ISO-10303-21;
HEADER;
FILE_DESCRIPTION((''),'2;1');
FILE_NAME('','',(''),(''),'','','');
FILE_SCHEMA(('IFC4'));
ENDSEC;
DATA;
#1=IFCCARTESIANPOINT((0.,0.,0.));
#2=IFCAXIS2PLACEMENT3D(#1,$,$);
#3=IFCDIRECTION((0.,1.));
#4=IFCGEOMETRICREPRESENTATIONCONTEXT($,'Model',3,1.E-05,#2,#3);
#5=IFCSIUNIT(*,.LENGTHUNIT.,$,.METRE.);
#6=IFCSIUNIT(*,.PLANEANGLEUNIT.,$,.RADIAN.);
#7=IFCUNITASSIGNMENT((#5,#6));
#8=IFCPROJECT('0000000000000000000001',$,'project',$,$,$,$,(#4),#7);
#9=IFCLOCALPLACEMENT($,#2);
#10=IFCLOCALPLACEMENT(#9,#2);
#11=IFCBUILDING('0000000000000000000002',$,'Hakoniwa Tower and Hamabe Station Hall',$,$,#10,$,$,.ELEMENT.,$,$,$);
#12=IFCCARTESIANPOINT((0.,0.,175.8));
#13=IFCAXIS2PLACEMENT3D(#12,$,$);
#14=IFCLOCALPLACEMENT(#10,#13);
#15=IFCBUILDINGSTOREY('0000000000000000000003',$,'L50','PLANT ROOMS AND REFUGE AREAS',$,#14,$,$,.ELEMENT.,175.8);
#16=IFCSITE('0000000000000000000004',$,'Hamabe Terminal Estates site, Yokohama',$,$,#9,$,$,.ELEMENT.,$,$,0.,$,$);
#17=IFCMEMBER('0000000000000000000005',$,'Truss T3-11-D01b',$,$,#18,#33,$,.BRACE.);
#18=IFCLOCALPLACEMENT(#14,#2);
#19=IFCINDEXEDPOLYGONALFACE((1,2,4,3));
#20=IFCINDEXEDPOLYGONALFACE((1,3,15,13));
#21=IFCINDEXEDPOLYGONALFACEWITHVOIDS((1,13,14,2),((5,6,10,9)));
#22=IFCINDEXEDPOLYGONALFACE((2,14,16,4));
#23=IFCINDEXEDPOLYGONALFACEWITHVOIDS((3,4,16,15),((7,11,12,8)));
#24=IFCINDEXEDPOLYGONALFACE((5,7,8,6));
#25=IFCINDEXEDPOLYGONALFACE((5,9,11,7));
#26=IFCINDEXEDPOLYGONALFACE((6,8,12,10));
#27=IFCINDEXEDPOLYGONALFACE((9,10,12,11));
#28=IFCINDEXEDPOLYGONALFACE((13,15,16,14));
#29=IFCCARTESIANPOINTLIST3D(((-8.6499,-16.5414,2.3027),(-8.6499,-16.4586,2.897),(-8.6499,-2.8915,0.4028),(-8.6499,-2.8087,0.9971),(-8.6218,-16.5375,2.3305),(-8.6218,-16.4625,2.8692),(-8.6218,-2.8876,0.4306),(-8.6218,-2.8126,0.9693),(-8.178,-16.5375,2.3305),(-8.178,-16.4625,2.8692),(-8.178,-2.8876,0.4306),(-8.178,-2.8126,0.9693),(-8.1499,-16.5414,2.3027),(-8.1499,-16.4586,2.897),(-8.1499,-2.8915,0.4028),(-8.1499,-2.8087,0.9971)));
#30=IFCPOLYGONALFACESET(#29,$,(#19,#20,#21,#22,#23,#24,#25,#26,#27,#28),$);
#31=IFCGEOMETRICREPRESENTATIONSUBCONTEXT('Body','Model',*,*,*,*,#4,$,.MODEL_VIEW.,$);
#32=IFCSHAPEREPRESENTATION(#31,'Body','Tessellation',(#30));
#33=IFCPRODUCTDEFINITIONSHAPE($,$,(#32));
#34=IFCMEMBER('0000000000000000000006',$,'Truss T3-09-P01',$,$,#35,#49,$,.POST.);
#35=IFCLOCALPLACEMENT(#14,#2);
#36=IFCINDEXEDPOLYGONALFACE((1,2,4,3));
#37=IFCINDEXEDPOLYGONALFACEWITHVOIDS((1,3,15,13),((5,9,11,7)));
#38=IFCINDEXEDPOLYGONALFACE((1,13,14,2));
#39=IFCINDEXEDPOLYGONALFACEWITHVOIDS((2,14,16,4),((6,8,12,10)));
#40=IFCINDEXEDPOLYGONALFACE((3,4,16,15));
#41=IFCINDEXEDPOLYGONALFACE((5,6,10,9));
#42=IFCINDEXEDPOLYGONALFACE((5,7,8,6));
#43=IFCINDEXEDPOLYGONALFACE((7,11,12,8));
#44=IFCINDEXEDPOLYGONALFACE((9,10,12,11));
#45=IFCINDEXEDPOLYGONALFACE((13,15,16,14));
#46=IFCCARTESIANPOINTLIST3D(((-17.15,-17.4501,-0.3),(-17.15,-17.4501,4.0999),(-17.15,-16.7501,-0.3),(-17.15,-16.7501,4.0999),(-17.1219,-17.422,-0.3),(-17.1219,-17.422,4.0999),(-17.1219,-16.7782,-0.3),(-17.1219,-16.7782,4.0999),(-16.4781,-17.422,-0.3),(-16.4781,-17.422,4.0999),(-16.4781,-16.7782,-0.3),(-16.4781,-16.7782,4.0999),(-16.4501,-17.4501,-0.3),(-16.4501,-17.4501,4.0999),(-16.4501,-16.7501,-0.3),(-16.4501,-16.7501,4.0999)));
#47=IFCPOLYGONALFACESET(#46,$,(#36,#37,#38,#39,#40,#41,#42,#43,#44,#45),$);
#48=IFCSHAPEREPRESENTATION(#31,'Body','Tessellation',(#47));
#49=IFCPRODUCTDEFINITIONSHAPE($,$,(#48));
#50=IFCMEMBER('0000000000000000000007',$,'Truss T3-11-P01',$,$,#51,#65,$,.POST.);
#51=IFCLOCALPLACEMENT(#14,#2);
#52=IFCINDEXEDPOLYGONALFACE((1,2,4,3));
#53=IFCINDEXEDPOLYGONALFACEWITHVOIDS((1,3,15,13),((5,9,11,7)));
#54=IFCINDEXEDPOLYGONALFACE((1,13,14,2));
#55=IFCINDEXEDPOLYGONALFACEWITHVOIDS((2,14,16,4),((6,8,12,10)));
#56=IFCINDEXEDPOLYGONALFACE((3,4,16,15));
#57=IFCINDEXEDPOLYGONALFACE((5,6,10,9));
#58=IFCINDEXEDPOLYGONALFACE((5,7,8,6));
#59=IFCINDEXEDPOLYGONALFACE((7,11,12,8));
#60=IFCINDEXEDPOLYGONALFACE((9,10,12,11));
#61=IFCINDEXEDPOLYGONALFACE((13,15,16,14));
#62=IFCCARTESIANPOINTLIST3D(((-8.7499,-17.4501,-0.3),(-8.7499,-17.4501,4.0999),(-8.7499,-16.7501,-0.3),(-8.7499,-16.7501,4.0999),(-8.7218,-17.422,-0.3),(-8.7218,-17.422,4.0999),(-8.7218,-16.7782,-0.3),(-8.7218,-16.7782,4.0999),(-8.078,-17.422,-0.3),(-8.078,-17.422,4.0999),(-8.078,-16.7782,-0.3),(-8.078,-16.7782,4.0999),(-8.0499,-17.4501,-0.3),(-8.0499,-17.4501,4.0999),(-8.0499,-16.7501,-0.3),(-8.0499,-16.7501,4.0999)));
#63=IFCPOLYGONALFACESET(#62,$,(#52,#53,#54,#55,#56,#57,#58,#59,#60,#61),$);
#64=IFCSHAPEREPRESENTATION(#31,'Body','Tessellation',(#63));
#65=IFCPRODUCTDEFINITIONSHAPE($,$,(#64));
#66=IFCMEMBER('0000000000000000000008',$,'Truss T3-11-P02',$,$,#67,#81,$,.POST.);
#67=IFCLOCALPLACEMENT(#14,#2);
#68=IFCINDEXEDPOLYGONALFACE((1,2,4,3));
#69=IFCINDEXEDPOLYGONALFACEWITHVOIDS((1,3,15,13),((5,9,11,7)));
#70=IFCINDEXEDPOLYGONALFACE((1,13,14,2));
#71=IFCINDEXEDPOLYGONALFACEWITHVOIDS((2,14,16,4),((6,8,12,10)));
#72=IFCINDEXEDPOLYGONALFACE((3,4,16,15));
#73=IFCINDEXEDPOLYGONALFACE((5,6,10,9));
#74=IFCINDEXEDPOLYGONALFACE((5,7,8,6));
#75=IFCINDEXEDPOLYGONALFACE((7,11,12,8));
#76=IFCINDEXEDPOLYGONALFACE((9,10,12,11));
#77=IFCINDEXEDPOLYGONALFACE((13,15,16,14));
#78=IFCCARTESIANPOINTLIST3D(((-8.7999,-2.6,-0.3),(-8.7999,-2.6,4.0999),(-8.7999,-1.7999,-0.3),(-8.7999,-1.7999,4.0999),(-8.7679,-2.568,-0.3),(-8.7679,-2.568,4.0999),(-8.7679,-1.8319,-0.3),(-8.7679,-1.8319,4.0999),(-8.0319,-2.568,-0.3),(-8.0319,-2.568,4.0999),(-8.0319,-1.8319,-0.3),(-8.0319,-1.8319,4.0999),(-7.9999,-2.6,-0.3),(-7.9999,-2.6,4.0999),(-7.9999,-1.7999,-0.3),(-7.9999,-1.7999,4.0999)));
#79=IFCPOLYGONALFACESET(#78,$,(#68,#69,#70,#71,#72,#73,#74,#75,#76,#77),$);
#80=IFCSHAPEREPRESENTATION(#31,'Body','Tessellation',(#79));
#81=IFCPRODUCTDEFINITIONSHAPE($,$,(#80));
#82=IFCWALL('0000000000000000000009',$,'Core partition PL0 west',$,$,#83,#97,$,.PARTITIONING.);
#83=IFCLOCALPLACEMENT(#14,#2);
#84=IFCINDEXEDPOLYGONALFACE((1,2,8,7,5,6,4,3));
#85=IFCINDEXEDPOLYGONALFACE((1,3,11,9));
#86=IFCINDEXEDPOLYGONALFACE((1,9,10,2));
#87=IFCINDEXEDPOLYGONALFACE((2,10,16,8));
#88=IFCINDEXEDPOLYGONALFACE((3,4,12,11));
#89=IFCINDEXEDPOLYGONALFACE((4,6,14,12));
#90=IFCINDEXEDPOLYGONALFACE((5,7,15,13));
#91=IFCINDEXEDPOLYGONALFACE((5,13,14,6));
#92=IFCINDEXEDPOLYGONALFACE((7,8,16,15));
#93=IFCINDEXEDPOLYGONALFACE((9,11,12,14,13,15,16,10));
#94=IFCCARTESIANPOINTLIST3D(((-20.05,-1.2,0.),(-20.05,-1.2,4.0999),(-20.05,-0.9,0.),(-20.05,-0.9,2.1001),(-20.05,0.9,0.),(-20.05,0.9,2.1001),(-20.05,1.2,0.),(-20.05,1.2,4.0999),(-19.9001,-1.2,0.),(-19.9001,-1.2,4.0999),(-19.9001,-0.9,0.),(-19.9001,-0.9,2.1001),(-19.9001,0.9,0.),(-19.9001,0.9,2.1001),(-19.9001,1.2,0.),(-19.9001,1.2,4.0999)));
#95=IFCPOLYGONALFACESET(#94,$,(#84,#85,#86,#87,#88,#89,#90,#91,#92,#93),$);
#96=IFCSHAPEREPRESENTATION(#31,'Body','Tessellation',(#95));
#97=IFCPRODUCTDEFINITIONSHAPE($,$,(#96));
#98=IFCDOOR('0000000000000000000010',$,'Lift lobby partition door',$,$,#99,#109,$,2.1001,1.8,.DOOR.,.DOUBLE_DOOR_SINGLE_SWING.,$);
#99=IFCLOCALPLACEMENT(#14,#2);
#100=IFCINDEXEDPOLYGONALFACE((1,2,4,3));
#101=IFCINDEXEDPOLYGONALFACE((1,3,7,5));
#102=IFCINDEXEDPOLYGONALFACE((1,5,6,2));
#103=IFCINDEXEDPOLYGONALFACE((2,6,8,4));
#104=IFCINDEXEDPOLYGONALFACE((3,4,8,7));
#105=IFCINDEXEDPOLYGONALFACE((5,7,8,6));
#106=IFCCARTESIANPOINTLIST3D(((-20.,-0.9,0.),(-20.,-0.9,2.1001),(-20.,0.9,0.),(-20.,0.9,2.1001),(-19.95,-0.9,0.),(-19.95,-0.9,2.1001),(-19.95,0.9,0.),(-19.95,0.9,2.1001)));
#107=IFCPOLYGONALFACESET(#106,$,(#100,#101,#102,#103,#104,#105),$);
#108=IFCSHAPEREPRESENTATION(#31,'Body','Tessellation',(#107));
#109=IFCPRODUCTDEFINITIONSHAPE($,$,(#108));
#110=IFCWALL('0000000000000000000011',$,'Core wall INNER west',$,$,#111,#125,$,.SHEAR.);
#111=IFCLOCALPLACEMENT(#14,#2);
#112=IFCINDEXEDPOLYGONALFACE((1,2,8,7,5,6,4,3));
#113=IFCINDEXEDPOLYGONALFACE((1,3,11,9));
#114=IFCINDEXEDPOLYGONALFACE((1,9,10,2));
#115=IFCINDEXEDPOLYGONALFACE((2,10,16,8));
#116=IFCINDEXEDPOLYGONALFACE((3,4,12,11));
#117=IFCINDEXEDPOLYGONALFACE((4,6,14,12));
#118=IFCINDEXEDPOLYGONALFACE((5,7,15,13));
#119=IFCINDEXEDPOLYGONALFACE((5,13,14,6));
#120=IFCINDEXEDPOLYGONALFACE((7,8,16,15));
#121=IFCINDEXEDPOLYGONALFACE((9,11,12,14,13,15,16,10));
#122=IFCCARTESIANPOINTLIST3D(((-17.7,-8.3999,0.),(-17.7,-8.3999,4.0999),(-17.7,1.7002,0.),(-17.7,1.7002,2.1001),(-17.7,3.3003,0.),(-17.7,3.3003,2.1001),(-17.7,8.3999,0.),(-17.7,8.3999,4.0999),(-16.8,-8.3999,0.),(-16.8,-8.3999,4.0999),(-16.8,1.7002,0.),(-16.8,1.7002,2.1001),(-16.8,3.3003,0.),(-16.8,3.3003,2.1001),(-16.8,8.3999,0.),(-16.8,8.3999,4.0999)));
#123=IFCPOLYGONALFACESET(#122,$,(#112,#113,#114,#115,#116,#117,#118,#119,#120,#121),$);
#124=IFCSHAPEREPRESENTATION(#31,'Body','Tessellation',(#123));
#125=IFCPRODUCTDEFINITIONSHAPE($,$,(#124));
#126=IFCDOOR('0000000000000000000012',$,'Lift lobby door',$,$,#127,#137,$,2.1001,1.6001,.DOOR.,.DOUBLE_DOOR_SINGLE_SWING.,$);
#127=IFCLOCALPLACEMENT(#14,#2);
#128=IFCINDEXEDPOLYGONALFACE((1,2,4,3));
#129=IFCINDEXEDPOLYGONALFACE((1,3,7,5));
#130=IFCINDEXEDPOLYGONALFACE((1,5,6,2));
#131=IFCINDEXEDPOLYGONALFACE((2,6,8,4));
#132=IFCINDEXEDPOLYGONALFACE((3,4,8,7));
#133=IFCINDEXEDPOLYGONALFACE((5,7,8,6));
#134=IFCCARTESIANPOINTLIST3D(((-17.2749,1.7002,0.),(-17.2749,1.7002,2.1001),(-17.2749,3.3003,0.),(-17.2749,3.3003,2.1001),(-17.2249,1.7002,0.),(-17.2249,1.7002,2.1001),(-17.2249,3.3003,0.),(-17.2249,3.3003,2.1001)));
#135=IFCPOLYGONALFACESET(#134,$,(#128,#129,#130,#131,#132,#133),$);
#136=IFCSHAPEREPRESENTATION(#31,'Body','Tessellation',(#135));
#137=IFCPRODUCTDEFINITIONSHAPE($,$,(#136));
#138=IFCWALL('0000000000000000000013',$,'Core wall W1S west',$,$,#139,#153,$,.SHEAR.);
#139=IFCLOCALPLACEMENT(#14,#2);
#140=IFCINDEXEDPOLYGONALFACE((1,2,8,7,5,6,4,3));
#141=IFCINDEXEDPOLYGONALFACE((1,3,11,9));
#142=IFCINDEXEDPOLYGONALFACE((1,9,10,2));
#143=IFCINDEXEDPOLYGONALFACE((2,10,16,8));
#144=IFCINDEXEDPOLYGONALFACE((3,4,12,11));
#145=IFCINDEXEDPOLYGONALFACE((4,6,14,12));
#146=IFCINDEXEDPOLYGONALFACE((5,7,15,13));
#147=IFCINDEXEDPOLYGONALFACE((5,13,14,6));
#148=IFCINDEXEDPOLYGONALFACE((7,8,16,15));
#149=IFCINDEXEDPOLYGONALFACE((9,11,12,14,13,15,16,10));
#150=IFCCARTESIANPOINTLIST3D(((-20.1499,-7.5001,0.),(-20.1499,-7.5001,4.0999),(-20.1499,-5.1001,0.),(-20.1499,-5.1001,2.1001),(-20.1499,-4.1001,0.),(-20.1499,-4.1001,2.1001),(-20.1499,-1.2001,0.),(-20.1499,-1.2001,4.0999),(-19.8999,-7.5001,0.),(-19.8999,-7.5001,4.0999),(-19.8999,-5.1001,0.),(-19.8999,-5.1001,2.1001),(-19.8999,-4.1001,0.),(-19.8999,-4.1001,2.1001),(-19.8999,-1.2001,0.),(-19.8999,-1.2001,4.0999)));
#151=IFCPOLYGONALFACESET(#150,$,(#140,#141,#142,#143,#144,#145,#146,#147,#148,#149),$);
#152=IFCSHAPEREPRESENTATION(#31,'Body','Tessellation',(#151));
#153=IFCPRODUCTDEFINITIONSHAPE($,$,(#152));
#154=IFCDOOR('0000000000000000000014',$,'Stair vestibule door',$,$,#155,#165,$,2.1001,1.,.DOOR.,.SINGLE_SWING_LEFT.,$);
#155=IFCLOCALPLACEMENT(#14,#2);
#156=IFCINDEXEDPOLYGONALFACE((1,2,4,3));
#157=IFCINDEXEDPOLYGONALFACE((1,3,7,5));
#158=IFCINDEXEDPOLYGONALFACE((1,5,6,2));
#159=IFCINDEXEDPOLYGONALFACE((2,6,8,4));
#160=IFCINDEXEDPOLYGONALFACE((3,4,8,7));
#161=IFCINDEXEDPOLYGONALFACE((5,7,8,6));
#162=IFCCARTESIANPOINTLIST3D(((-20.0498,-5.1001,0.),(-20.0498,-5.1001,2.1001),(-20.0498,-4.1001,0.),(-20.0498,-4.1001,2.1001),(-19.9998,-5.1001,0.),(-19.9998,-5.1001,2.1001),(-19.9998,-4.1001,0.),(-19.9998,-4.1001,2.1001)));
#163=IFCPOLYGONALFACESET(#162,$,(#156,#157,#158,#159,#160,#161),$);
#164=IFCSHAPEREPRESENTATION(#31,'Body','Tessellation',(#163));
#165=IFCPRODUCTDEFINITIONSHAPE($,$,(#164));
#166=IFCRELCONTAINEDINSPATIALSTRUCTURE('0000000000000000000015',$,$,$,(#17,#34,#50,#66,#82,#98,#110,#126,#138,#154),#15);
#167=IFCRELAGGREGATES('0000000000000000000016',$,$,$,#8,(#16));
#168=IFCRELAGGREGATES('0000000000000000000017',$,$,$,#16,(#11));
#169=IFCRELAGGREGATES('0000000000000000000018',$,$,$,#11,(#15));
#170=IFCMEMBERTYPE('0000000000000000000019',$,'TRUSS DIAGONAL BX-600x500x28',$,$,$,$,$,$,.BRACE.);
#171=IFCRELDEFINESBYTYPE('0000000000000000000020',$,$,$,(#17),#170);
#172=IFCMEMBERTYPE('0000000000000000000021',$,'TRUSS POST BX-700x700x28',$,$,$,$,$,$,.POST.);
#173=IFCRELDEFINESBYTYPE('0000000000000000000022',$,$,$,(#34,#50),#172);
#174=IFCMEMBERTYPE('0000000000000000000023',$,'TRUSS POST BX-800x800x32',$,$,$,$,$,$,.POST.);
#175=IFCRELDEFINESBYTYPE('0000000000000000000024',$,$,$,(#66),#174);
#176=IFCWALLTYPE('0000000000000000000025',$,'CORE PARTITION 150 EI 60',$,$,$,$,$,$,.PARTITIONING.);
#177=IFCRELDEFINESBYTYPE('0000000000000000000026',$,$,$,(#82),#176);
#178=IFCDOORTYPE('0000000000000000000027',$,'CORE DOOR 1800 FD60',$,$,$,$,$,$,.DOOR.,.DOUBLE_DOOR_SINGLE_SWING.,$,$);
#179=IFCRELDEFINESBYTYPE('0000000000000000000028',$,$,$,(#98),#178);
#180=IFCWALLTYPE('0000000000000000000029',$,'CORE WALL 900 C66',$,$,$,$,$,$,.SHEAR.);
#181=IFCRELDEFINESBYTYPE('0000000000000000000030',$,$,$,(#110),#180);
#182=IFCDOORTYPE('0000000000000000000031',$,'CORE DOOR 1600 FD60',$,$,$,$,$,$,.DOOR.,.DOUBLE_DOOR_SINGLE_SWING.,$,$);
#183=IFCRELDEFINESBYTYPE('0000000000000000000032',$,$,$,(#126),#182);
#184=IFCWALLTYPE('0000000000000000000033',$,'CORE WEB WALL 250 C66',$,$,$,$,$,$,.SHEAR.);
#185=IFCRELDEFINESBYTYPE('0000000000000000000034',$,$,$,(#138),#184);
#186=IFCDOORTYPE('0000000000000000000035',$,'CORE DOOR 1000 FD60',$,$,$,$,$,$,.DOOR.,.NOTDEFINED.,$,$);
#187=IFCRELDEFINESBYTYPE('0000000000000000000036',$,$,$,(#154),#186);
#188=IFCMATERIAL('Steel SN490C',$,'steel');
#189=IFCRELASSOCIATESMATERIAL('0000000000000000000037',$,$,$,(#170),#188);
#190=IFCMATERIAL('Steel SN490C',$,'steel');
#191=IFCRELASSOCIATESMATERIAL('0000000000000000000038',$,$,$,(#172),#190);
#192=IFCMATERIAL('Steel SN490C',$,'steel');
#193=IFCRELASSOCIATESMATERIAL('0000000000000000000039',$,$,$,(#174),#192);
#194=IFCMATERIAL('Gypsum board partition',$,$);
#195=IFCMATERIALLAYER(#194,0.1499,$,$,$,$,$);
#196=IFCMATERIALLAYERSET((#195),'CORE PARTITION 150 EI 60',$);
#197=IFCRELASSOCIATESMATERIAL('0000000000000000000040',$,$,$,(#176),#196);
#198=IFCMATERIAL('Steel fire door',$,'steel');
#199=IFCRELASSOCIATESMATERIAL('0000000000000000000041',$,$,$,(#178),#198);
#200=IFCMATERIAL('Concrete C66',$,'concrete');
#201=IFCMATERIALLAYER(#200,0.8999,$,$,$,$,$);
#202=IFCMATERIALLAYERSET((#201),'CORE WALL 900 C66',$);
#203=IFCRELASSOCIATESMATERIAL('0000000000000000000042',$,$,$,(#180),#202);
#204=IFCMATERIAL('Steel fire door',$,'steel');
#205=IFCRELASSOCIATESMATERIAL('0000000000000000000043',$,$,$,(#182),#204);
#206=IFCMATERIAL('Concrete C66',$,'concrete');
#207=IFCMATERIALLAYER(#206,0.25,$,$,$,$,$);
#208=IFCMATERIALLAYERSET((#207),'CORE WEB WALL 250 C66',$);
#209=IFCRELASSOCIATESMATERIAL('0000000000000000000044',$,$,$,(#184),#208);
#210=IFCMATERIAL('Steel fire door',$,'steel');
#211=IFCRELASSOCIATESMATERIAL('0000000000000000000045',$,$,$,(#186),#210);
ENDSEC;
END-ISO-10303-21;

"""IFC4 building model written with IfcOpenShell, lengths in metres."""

from ifc_helpers import new_model, si_unit, direction, frame, frame_2d, origin, origin_2d, place, context, subcontext, project, spatial, rectangle, hollow_rectangle, extrude, material, layer, layer_set, material_profile, profile_set, type_object, element, fill, save


model = new_model("IFC4")

# Units and contexts
model_context = context("Model", 3, precision=1e-05, world=origin(), true_north=direction((0.0, 1.0)))
body_context = subcontext(model_context, "Body", "Model", "MODEL_VIEW")
ifc_project = project(units=[si_unit("LENGTHUNIT", "METRE"), si_unit("PLANEANGLEUNIT", "RADIAN")], contexts=[model_context])

# Site, building, storey
site_placement = place(None, origin())
site = spatial("IfcSite", under=ifc_project, at=site_placement, Name="Hamabe Terminal Estates site, Yokohama", CompositionType="ELEMENT", RefElevation=0.0)
building_placement = place(site_placement, origin())
building = spatial("IfcBuilding", under=site, at=building_placement, Name="Hakoniwa Tower and Hamabe Station Hall", CompositionType="ELEMENT")
storey_placement = place(building_placement, frame((0.0, 0.0, 175.8)))
storey = spatial("IfcBuildingStorey", under=building, at=storey_placement, Name="L50", Description="PLANT ROOMS AND REFUGE AREAS", CompositionType="ELEMENT", Elevation=175.8)

# Members
ifc_material_1 = material(Name="Steel SN490C", Category="steel")
ifc_material_profile_1 = material_profile(ifc_material_1, hollow_rectangle(XDim=0.5, YDim=0.6001, WallThickness=0.0281, at=origin_2d()), Name="BX-600x500x28")
ifc_profile_set_1 = profile_set([ifc_material_profile_1], Name="Steel SN490C")
member_type_1 = type_object("IfcMemberType", Name="TRUSS DIAGONAL BX-600x500x28", PredefinedType="BRACE", material=ifc_profile_set_1)
for number, where, z_axis, x_axis, name in (
    (1, (-8.3999, -16.5, 2.5999), (0.0, 0.990452, -0.137859), (-1.0, 0.0, 0.0), "Truss T3-11-D01b"),
):
    element("IfcMember", number, at=place(storey_placement, frame(where, z_axis=z_axis, x_axis=x_axis)), inside=storey, type_object=member_type_1, Name=name, PredefinedType="BRACE", context=body_context, shape_type="SweptSolid", body=[
        extrude(hollow_rectangle(XDim=0.5, YDim=0.6001, WallThickness=0.0281, at=origin_2d()), origin(), (0.0, 0.0, 1.0), 13.7815),
    ])
ifc_material_2 = material(Name="Steel SN490C", Category="steel")
ifc_material_profile_2 = material_profile(ifc_material_2, hollow_rectangle(XDim=0.7, YDim=0.7, WallThickness=0.0281, at=origin_2d()), Name="BX-700x700x28")
ifc_profile_set_2 = profile_set([ifc_material_profile_2], Name="Steel SN490C")
member_type_2 = type_object("IfcMemberType", Name="TRUSS POST BX-700x700x28", PredefinedType="POST", material=ifc_profile_set_2)
for number, where, z_axis, x_axis, name in (
    (2, (-16.8, -17.1001, -0.3), (0.0, 0.0, 1.0), (1.0, 0.0, 0.0), "Truss T3-09-P01"),
    (3, (-8.3999, -17.1001, -0.3), (0.0, 0.0, 1.0), (1.0, 0.0, 0.0), "Truss T3-11-P01"),
):
    element("IfcMember", number, at=place(storey_placement, frame(where, z_axis=z_axis, x_axis=x_axis)), inside=storey, type_object=member_type_2, Name=name, PredefinedType="POST", context=body_context, shape_type="SweptSolid", body=[
        extrude(hollow_rectangle(XDim=0.7, YDim=0.7, WallThickness=0.0281, at=origin_2d()), origin(), (0.0, 0.0, 1.0), 4.3999),
    ])
ifc_material_3 = material(Name="Steel SN490C", Category="steel")
ifc_material_profile_3 = material_profile(ifc_material_3, hollow_rectangle(XDim=0.8, YDim=0.8, WallThickness=0.032, at=origin_2d()), Name="BX-800x800x32")
ifc_profile_set_3 = profile_set([ifc_material_profile_3], Name="Steel SN490C")
member_type_3 = type_object("IfcMemberType", Name="TRUSS POST BX-800x800x32", PredefinedType="POST", material=ifc_profile_set_3)
member_1_placement = place(storey_placement, frame((-8.3999, -2.2, -0.3), z_axis=(0.0, 0.0, 1.0), x_axis=(1.0, 0.0, 0.0)))
element("IfcMember", 4, at=member_1_placement, inside=storey, type_object=member_type_3, Name="Truss T3-11-P02", PredefinedType="POST", context=body_context, shape_type="SweptSolid", body=[
    extrude(hollow_rectangle(XDim=0.8, YDim=0.8, WallThickness=0.032, at=origin_2d()), origin(), (0.0, 0.0, 1.0), 4.3999),
])

# Walls, openings, doors
ifc_material_4 = material(Name="Gypsum board partition")
ifc_layer_1 = layer(ifc_material_4, 0.1499)
ifc_layer_set_1 = layer_set([ifc_layer_1], Name="CORE PARTITION 150 EI 60")
wall_type_1 = type_object("IfcWallType", Name="CORE PARTITION 150 EI 60", PredefinedType="PARTITIONING", material=ifc_layer_set_1)
wall_1_placement = place(storey_placement, frame((-19.9751, -1.2, 0.0), z_axis=(0.0, 0.0, 1.0), x_axis=(0.0, 1.0, 0.0)))
wall_1 = element("IfcWall", 5, at=wall_1_placement, inside=storey, type_object=wall_type_1, Name="Core partition PL0 west", PredefinedType="PARTITIONING", context=body_context, shape_type="SweptSolid", body=[
    extrude(rectangle(XDim=2.3999, YDim=0.1499, at=frame_2d((1.2, 0.0))), origin(), (0.0, 0.0, 1.0), 4.0999),
])
opening_1_placement = place(wall_1_placement, frame((0.3, 0.0, 0.0)))
opening_1 = element("IfcOpeningElement", 6, at=opening_1_placement, cuts=wall_1, PredefinedType="OPENING", context=body_context, shape_type="SweptSolid", body=[
    extrude(rectangle(XDim=1.8, YDim=2.1001, at=frame_2d((0.8999, 1.05))), frame((0.0, 0.085, 0.0), z_axis=(0.0, -1.0, 0.0), x_axis=(1.0, 0.0, 0.0)), (0.0, 0.0, 1.0), 0.1699),
])
ifc_material_5 = material(Name="Steel fire door", Category="steel")
door_type_1 = type_object("IfcDoorType", Name="CORE DOOR 1800 FD60", OperationType="DOUBLE_DOOR_SINGLE_SWING", PredefinedType="DOOR", material=ifc_material_5)
door_1_placement = place(opening_1_placement, origin())
door_1 = element("IfcDoor", 7, at=door_1_placement, inside=storey, type_object=door_type_1, Name="Lift lobby partition door", OperationType="DOUBLE_DOOR_SINGLE_SWING", OverallHeight=2.1001, OverallWidth=1.8, PredefinedType="DOOR", context=body_context, shape_type="SweptSolid", body=[
    extrude(rectangle(XDim=1.8, YDim=2.1001, at=frame_2d((0.8999, 1.05))), frame((0.0, 0.0249, 0.0), z_axis=(0.0, -1.0, 0.0), x_axis=(1.0, 0.0, 0.0)), (0.0, 0.0, 1.0), 0.05),
])
fill(opening_1, door_1)
ifc_material_6 = material(Name="Concrete C66", Category="concrete")
ifc_layer_2 = layer(ifc_material_6, 0.8999)
ifc_layer_set_2 = layer_set([ifc_layer_2], Name="CORE WALL 900 C66")
wall_type_2 = type_object("IfcWallType", Name="CORE WALL 900 C66", PredefinedType="SHEAR", material=ifc_layer_set_2)
wall_2_placement = place(storey_placement, frame((-17.25, -8.3999, 0.0), z_axis=(0.0, 0.0, 1.0), x_axis=(0.0, 1.0, 0.0)))
wall_2 = element("IfcWall", 8, at=wall_2_placement, inside=storey, type_object=wall_type_2, Name="Core wall INNER west", PredefinedType="SHEAR", context=body_context, shape_type="SweptSolid", body=[
    extrude(rectangle(XDim=16.7998, YDim=0.8999, at=frame_2d((8.3999, 0.0))), origin(), (0.0, 0.0, 1.0), 4.0999),
])
opening_2_placement = place(wall_2_placement, frame((10.1001, 0.0, 0.0)))
opening_2 = element("IfcOpeningElement", 9, at=opening_2_placement, cuts=wall_2, PredefinedType="OPENING", context=body_context, shape_type="SweptSolid", body=[
    extrude(rectangle(XDim=1.6001, YDim=2.1001, at=frame_2d((0.8, 1.05))), frame((0.0, 0.46, 0.0), z_axis=(0.0, -1.0, 0.0), x_axis=(1.0, 0.0, 0.0)), (0.0, 0.0, 1.0), 0.9199),
])
ifc_material_7 = material(Name="Steel fire door", Category="steel")
door_type_2 = type_object("IfcDoorType", Name="CORE DOOR 1600 FD60", OperationType="DOUBLE_DOOR_SINGLE_SWING", PredefinedType="DOOR", material=ifc_material_7)
door_2_placement = place(opening_2_placement, origin())
door_2 = element("IfcDoor", 10, at=door_2_placement, inside=storey, type_object=door_type_2, Name="Lift lobby door", OperationType="DOUBLE_DOOR_SINGLE_SWING", OverallHeight=2.1001, OverallWidth=1.6001, PredefinedType="DOOR", context=body_context, shape_type="SweptSolid", body=[
    extrude(rectangle(XDim=1.6001, YDim=2.1001, at=frame_2d((0.8, 1.05))), frame((0.0, 0.0249, 0.0), z_axis=(0.0, -1.0, 0.0), x_axis=(1.0, 0.0, 0.0)), (0.0, 0.0, 1.0), 0.05),
])
fill(opening_2, door_2)
ifc_material_8 = material(Name="Concrete C66", Category="concrete")
ifc_layer_3 = layer(ifc_material_8, 0.25)
ifc_layer_set_3 = layer_set([ifc_layer_3], Name="CORE WEB WALL 250 C66")
wall_type_3 = type_object("IfcWallType", Name="CORE WEB WALL 250 C66", PredefinedType="SHEAR", material=ifc_layer_set_3)
wall_3_placement = place(storey_placement, frame((-20.0249, -7.5, 0.0), z_axis=(0.0, 0.0, 1.0), x_axis=(0.0, 1.0, 0.0)))
wall_3 = element("IfcWall", 11, at=wall_3_placement, inside=storey, type_object=wall_type_3, Name="Core wall W1S west", PredefinedType="SHEAR", context=body_context, shape_type="SweptSolid", body=[
    extrude(rectangle(XDim=6.3, YDim=0.25, at=frame_2d((3.1499, 0.0))), origin(), (0.0, 0.0, 1.0), 4.0999),
])
opening_3_placement = place(wall_3_placement, frame((2.3999, 0.0, 0.0)))
opening_3 = element("IfcOpeningElement", 12, at=opening_3_placement, cuts=wall_3, PredefinedType="OPENING", context=body_context, shape_type="SweptSolid", body=[
    extrude(rectangle(XDim=1.0, YDim=2.1001, at=frame_2d((0.5, 1.05))), frame((0.0, 0.135, 0.0), z_axis=(0.0, -1.0, 0.0), x_axis=(1.0, 0.0, 0.0)), (0.0, 0.0, 1.0), 0.27),
])
ifc_material_9 = material(Name="Steel fire door", Category="steel")
door_type_3 = type_object("IfcDoorType", Name="CORE DOOR 1000 FD60", OperationType="NOTDEFINED", PredefinedType="DOOR", material=ifc_material_9)
door_3_placement = place(opening_3_placement, origin())
door_3 = element("IfcDoor", 13, at=door_3_placement, inside=storey, type_object=door_type_3, Name="Stair vestibule door", OperationType="SINGLE_SWING_LEFT", OverallHeight=2.1001, OverallWidth=1.0, PredefinedType="DOOR", context=body_context, shape_type="SweptSolid", body=[
    extrude(rectangle(XDim=1.0, YDim=2.1001, at=frame_2d((0.5, 1.05))), frame((0.0, 0.0249, 0.0), z_axis=(0.0, -1.0, 0.0), x_axis=(1.0, 0.0, 0.0)), (0.0, 0.0, 1.0), 0.05),
])
fill(opening_3, door_3)

save(model, "model.ifc")
